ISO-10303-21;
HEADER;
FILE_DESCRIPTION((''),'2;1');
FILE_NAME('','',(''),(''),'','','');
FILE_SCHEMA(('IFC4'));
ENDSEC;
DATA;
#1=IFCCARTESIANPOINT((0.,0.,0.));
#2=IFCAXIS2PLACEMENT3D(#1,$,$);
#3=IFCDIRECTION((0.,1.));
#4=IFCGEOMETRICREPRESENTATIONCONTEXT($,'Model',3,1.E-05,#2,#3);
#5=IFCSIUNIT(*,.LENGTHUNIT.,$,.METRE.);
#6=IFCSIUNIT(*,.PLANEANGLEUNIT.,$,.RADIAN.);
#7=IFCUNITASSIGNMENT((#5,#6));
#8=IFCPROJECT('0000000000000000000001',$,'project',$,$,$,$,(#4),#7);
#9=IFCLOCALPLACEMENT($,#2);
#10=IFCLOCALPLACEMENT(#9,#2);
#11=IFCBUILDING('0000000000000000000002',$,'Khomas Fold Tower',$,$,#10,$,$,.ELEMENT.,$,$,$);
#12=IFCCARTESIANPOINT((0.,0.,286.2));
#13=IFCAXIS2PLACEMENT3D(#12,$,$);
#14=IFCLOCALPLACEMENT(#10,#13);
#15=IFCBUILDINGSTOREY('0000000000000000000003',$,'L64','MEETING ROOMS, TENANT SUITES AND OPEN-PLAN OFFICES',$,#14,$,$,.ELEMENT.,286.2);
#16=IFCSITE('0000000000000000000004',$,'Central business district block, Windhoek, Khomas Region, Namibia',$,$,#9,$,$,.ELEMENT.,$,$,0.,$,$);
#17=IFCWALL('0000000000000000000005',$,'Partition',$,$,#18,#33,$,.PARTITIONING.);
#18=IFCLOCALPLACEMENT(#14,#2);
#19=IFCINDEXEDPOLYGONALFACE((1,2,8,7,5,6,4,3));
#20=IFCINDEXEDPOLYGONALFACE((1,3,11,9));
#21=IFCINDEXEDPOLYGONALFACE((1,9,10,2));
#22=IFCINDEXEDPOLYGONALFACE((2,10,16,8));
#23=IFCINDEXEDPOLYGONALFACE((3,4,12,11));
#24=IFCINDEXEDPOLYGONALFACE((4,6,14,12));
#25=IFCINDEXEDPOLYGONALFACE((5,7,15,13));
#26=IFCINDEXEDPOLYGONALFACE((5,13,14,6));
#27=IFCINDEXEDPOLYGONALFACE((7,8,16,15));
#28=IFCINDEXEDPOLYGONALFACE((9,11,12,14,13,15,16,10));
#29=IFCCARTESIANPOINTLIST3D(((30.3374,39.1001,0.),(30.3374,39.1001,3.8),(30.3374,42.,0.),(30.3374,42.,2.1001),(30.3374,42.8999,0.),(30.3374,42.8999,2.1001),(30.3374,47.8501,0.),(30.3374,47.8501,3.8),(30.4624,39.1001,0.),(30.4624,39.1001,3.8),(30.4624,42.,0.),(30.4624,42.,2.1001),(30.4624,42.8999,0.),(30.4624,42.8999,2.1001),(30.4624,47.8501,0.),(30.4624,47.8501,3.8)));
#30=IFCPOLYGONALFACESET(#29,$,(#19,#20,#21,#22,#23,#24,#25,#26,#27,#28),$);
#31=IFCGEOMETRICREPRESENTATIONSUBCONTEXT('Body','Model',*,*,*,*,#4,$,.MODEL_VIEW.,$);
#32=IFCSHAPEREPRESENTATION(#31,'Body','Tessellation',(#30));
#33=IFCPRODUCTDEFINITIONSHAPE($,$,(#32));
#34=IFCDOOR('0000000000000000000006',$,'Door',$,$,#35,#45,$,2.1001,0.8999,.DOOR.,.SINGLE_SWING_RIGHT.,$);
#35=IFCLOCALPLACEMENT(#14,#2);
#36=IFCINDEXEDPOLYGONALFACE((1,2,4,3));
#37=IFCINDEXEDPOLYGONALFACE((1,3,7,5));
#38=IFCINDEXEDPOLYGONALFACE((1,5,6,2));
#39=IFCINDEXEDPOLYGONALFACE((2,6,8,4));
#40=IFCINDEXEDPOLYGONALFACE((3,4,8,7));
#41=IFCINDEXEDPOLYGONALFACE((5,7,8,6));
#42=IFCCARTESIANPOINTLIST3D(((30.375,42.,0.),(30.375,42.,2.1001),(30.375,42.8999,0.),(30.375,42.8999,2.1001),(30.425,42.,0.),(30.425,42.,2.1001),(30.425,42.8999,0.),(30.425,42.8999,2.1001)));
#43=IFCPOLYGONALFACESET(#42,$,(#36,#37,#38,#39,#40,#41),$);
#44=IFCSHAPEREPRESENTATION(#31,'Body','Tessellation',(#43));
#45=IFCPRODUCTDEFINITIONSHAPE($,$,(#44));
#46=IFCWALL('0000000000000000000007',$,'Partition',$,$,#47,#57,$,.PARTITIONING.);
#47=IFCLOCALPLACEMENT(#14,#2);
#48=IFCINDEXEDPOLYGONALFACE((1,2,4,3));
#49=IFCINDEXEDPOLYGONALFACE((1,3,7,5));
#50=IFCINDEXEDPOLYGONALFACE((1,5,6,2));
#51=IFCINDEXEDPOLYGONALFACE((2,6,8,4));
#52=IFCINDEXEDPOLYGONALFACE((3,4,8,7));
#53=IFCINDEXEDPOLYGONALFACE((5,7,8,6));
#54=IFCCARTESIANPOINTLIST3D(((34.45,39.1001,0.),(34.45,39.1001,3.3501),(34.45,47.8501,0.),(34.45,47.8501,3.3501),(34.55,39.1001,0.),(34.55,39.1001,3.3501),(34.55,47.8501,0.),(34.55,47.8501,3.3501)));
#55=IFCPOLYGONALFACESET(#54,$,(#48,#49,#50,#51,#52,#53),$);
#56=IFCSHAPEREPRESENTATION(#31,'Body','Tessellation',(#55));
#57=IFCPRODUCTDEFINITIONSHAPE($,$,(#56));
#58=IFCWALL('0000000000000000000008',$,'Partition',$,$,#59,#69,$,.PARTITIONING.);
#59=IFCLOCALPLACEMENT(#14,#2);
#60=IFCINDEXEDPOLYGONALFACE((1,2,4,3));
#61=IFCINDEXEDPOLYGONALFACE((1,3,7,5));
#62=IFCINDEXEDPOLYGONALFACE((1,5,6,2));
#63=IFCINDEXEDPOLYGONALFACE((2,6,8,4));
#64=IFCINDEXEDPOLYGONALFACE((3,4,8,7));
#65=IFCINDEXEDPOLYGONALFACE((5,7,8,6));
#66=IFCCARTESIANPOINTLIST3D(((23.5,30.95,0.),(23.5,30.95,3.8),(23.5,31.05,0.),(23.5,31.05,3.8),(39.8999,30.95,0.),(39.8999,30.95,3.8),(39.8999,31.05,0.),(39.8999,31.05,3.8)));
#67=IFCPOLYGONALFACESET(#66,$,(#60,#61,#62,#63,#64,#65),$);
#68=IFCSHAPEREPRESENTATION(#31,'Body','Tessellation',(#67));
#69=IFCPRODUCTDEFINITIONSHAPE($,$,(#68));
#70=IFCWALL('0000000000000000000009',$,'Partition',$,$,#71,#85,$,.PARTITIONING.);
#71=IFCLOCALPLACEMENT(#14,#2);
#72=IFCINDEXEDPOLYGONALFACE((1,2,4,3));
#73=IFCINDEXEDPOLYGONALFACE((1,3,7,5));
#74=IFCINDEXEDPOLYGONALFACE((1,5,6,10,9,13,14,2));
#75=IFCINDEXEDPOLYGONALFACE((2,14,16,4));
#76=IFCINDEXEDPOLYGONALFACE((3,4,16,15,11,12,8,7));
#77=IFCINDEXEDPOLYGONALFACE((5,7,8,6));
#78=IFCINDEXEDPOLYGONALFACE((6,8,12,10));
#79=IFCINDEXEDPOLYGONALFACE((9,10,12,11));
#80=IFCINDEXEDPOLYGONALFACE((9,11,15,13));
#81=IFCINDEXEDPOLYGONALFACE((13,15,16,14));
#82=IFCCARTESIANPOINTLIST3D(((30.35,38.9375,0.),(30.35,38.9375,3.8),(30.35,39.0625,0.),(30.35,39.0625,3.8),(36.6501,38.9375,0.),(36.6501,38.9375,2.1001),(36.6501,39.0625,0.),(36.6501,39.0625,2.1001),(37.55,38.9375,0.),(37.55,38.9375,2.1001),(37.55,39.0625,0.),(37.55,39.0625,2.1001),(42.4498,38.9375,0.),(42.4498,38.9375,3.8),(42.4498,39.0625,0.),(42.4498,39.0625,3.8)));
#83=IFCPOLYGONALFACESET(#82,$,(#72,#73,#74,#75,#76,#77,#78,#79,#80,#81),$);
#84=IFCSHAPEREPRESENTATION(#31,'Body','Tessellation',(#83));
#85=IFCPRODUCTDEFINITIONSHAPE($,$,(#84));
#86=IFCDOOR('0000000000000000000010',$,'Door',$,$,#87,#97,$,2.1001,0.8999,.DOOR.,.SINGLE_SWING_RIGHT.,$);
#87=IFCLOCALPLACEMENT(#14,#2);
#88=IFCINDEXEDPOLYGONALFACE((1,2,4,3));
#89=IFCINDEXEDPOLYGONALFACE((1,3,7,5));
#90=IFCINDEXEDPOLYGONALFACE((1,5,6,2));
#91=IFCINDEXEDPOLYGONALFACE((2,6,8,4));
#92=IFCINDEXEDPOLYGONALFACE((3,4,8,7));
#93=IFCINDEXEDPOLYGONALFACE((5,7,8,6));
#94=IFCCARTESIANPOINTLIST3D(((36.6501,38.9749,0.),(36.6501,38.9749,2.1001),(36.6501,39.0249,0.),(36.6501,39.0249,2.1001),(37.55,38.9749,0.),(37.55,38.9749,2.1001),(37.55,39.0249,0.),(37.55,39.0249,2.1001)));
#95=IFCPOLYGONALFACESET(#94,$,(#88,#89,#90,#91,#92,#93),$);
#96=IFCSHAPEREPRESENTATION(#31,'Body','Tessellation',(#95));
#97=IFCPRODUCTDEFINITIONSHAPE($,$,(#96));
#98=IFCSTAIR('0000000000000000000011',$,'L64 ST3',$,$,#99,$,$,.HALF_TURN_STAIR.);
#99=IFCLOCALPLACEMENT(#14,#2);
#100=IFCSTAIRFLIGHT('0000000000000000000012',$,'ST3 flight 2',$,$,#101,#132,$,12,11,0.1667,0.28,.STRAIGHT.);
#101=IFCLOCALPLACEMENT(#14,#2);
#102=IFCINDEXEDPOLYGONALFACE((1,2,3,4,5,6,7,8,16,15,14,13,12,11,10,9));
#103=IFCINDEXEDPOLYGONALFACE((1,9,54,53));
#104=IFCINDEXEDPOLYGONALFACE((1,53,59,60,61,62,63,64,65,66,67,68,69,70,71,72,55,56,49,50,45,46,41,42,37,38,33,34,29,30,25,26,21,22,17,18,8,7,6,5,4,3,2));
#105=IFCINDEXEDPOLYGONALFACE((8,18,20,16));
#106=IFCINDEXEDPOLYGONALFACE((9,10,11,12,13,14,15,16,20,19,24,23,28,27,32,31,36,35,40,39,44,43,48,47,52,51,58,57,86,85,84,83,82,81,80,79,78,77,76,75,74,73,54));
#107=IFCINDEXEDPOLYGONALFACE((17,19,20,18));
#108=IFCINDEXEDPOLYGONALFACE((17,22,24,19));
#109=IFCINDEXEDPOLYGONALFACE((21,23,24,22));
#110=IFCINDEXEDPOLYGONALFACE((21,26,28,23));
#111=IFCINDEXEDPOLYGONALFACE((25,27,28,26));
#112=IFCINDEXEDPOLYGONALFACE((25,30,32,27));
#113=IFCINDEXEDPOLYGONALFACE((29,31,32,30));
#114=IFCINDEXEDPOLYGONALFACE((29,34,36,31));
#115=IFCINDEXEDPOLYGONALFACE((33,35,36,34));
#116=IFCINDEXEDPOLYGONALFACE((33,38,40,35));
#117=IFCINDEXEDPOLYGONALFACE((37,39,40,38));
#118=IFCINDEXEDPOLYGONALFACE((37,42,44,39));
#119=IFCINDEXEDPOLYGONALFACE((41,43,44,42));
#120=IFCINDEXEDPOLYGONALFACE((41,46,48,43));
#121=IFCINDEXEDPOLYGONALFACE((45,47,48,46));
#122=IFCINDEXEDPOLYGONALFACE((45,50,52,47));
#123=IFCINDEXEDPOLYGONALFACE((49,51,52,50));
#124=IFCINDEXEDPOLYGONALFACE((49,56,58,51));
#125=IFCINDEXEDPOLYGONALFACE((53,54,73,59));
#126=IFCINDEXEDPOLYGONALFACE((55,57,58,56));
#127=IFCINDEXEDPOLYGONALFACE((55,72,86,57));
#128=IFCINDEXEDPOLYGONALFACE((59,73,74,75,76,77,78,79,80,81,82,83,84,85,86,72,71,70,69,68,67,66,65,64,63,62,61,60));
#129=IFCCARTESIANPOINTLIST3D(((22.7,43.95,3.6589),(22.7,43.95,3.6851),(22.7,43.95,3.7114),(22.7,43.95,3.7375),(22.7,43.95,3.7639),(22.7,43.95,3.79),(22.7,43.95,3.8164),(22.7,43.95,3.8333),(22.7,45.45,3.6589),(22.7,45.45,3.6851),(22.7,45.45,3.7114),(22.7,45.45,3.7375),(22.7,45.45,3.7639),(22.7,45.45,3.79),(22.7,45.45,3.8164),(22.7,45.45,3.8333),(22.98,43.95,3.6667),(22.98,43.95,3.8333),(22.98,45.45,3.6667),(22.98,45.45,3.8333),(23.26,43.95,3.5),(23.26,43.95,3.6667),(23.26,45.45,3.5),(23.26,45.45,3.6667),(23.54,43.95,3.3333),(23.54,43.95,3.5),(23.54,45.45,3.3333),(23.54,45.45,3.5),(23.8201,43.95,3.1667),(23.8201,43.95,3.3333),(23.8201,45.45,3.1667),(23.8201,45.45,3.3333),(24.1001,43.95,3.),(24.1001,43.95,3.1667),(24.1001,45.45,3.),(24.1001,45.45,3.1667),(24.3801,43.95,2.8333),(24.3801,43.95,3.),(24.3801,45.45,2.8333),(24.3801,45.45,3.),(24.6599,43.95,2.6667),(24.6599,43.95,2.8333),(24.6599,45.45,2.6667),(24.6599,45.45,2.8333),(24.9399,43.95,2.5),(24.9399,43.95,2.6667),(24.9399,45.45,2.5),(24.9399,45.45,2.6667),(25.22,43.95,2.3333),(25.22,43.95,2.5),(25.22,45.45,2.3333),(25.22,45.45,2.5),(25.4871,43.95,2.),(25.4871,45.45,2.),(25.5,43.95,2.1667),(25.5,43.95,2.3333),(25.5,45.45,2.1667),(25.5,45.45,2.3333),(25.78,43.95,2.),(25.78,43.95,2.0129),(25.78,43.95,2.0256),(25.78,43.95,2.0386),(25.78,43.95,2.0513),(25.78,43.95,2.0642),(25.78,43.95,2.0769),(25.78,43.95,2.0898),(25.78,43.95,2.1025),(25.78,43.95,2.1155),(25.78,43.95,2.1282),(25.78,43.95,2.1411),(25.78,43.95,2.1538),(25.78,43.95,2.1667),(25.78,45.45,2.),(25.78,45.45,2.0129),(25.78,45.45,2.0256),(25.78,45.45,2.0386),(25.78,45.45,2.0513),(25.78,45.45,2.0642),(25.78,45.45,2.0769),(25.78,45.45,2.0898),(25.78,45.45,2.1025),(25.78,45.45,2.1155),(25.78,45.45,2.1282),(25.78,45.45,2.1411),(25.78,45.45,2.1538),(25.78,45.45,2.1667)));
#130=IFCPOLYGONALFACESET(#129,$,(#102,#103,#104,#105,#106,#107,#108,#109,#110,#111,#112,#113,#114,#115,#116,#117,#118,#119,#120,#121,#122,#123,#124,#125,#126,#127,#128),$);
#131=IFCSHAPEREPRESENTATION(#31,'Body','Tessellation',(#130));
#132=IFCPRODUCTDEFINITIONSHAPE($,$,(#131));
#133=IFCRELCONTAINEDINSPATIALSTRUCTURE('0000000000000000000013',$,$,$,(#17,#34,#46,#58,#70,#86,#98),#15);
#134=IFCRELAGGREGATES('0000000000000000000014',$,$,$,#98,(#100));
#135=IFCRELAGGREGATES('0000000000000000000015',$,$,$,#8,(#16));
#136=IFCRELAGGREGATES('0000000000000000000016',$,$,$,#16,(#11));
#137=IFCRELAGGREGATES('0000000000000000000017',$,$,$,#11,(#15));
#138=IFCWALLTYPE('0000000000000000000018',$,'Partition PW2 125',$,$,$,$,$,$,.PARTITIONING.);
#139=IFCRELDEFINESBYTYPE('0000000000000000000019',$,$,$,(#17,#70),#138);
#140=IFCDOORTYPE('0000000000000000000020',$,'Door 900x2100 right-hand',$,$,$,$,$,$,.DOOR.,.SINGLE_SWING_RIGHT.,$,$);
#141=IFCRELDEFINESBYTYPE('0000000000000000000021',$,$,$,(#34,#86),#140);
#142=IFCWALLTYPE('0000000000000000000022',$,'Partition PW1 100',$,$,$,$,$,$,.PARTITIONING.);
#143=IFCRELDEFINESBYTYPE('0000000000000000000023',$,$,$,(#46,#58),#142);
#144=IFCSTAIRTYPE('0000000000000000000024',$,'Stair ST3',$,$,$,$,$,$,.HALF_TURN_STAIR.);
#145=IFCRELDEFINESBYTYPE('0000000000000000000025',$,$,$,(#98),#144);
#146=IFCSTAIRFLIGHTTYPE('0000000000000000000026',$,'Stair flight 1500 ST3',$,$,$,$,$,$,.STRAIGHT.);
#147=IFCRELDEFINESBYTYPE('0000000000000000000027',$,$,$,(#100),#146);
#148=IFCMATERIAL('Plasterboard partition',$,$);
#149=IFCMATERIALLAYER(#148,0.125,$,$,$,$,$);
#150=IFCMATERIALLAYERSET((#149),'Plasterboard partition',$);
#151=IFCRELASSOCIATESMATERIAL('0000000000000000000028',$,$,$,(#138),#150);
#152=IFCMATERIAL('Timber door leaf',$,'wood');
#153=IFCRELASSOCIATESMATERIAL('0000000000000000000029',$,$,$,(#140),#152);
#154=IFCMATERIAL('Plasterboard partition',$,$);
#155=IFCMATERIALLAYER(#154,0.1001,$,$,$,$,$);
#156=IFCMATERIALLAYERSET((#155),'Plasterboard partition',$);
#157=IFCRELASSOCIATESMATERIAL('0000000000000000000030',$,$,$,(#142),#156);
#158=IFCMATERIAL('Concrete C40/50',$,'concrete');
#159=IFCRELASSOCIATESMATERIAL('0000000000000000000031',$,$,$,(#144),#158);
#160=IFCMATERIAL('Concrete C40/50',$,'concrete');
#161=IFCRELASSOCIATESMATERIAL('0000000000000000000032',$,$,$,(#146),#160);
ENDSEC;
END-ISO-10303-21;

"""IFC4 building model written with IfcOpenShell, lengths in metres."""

from ifc_helpers import new_model, si_unit, direction, frame, frame_2d, origin, place, context, subcontext, project, spatial, polyline, rectangle, outline, extrude, source, transform, mapped, material, layer, layer_set, type_object, element, fill, aggregate, save


model = new_model("IFC4")

# Units and contexts
model_context = context("Model", 3, precision=1e-05, world=origin(), true_north=direction((0.0, 1.0)))
body_context = subcontext(model_context, "Body", "Model", "MODEL_VIEW")
ifc_project = project(units=[si_unit("LENGTHUNIT", "METRE"), si_unit("PLANEANGLEUNIT", "RADIAN")], contexts=[model_context])

# Site, building, storey
site_placement = place(None, origin())
site = spatial("IfcSite", under=ifc_project, at=site_placement, Name="Central business district block, Windhoek, Khomas Region, Namibia", CompositionType="ELEMENT", RefElevation=0.0)
building_placement = place(site_placement, origin())
building = spatial("IfcBuilding", under=site, at=building_placement, Name="Khomas Fold Tower", CompositionType="ELEMENT")
storey_placement = place(building_placement, frame((0.0, 0.0, 286.2)))
storey = spatial("IfcBuildingStorey", under=building, at=storey_placement, Name="L64", Description="MEETING ROOMS, TENANT SUITES AND OPEN-PLAN OFFICES", CompositionType="ELEMENT", Elevation=286.2)

# Wall, opening, door
ifc_material_1 = material(Name="Plasterboard partition")
ifc_layer_1 = layer(ifc_material_1, 0.125)
ifc_layer_set_1 = layer_set([ifc_layer_1], Name="Plasterboard partition")
wall_type_1 = type_object("IfcWallType", Name="Partition PW2 125", PredefinedType="PARTITIONING", material=ifc_layer_set_1)
shared_shape_1 = source(origin(), body_context, "Body", "SweptSolid", [
    extrude(rectangle(XDim=8.75, YDim=0.125, at=frame_2d((4.375, 0.0))), origin(), (0.0, 0.0, 1.0), 3.8),
])
wall_1_placement = place(storey_placement, frame((30.3999, 39.1001, 0.0), z_axis=(0.0, 0.0, 1.0), x_axis=(0.0, 1.0, 0.0)))
wall_1 = element("IfcWall", 1, at=wall_1_placement, inside=storey, type_object=wall_type_1, Name="Partition", PredefinedType="PARTITIONING", context=body_context, shape_type="MappedRepresentation", body=[
    mapped(shared_shape_1, transform((0.0, 0.0, 0.0))),
])
shared_shape_2 = source(origin(), body_context, "Body", "SweptSolid", [
    extrude(rectangle(XDim=0.8999, YDim=2.1001, at=frame_2d((0.45, 1.05))), frame((0.0, 0.0725, 0.0), z_axis=(0.0, -1.0, 0.0), x_axis=(1.0, 0.0, 0.0)), (0.0, 0.0, 1.0), 0.145),
])
opening_1_placement = place(wall_1_placement, frame((2.8999, 0.0, 0.0)))
opening_1 = element("IfcOpeningElement", 2, at=opening_1_placement, cuts=wall_1, PredefinedType="OPENING", context=body_context, shape_type="MappedRepresentation", body=[
    mapped(shared_shape_2, transform((0.0, 0.0, 0.0))),
])
ifc_material_2 = material(Name="Timber door leaf", Category="wood")
door_type_1 = type_object("IfcDoorType", Name="Door 900x2100 right-hand", OperationType="SINGLE_SWING_RIGHT", PredefinedType="DOOR", material=ifc_material_2)
shared_shape_3 = source(origin(), body_context, "Body", "SweptSolid", [
    extrude(rectangle(XDim=0.8999, YDim=2.1001, at=frame_2d((0.45, 1.05))), frame((0.0, 0.0249, 0.0), z_axis=(0.0, -1.0, 0.0), x_axis=(1.0, 0.0, 0.0)), (0.0, 0.0, 1.0), 0.05),
])
door_1_placement = place(opening_1_placement, origin())
door_1 = element("IfcDoor", 3, at=door_1_placement, inside=storey, type_object=door_type_1, Name="Door", OperationType="SINGLE_SWING_RIGHT", OverallHeight=2.1001, OverallWidth=0.8999, PredefinedType="DOOR", context=body_context, shape_type="MappedRepresentation", body=[
    mapped(shared_shape_3, transform((0.0, 0.0, 0.0))),
])
fill(opening_1, door_1)

# Walls
ifc_material_3 = material(Name="Plasterboard partition")
ifc_layer_2 = layer(ifc_material_3, 0.1001)
ifc_layer_set_2 = layer_set([ifc_layer_2], Name="Plasterboard partition")
wall_type_2 = type_object("IfcWallType", Name="Partition PW1 100", PredefinedType="PARTITIONING", material=ifc_layer_set_2)
shared_shape_4 = source(origin(), body_context, "Body", "SweptSolid", [
    extrude(rectangle(XDim=8.75, YDim=0.1001, at=frame_2d((4.375, 0.0))), origin(), (0.0, 0.0, 1.0), 3.3501),
])
wall_2_placement = place(storey_placement, frame((34.5, 39.1001, 0.0), z_axis=(0.0, 0.0, 1.0), x_axis=(0.0, 1.0, 0.0)))
element("IfcWall", 4, at=wall_2_placement, inside=storey, type_object=wall_type_2, Name="Partition", PredefinedType="PARTITIONING", context=body_context, shape_type="MappedRepresentation", body=[
    mapped(shared_shape_4, transform((0.0, 0.0, 0.0))),
])
shared_shape_5 = source(origin(), body_context, "Body", "SweptSolid", [
    extrude(rectangle(XDim=16.3999, YDim=0.1001, at=frame_2d((8.2, 0.0))), origin(), (0.0, 0.0, 1.0), 3.8),
])
wall_3_placement = place(storey_placement, frame((23.5, 31.0, 0.0), z_axis=(0.0, 0.0, 1.0), x_axis=(1.0, 0.0, 0.0)))
element("IfcWall", 5, at=wall_3_placement, inside=storey, type_object=wall_type_2, Name="Partition", PredefinedType="PARTITIONING", context=body_context, shape_type="MappedRepresentation", body=[
    mapped(shared_shape_5, transform((0.0, 0.0, 0.0))),
])

# Wall, opening, door
shared_shape_6 = source(origin(), body_context, "Body", "SweptSolid", [
    extrude(rectangle(XDim=12.0999, YDim=0.125, at=frame_2d((6.0498, 0.0))), origin(), (0.0, 0.0, 1.0), 3.8),
])
wall_4_placement = place(storey_placement, frame((30.3501, 39.0, 0.0), z_axis=(0.0, 0.0, 1.0), x_axis=(1.0, 0.0, 0.0)))
wall_4 = element("IfcWall", 6, at=wall_4_placement, inside=storey, type_object=wall_type_1, Name="Partition", PredefinedType="PARTITIONING", context=body_context, shape_type="MappedRepresentation", body=[
    mapped(shared_shape_6, transform((0.0, 0.0, 0.0))),
])
opening_2_placement = place(wall_4_placement, frame((6.3, 0.0, 0.0)))
opening_2 = element("IfcOpeningElement", 7, at=opening_2_placement, cuts=wall_4, PredefinedType="OPENING", context=body_context, shape_type="MappedRepresentation", body=[
    mapped(shared_shape_2, transform((0.0, 0.0, 0.0))),
])
door_2_placement = place(opening_2_placement, origin())
door_2 = element("IfcDoor", 8, at=door_2_placement, inside=storey, type_object=door_type_1, Name="Door", OperationType="SINGLE_SWING_RIGHT", OverallHeight=2.1001, OverallWidth=0.8999, PredefinedType="DOOR", context=body_context, shape_type="MappedRepresentation", body=[
    mapped(shared_shape_3, transform((0.0, 0.0, 0.0))),
])
fill(opening_2, door_2)

# Stair, stair flight
ifc_material_4 = material(Name="Concrete C40/50", Category="concrete")
stair_type = type_object("IfcStairType", Name="Stair ST3", PredefinedType="HALF_TURN_STAIR", material=ifc_material_4)
stair_placement = place(storey_placement, origin())
stair = element("IfcStair", 9, at=stair_placement, inside=storey, type_object=stair_type, Name="L64 ST3", PredefinedType="HALF_TURN_STAIR")
ifc_material_5 = material(Name="Concrete C40/50", Category="concrete")
stair_flight_type = type_object("IfcStairFlightType", Name="Stair flight 1500 ST3", PredefinedType="STRAIGHT", material=ifc_material_5)
shared_shape_7 = source(origin(), body_context, "Body", "SweptSolid", [
    extrude(outline(polyline([(0.0, 0.0), (0.0, 0.0129), (0.0, 0.0256), (0.0, 0.0386), (0.0, 0.0513), (0.0, 0.0642), (0.0, 0.0769), (0.0, 0.0898), (0.0, 0.1025), (0.0, 0.1155), (0.0, 0.1282), (0.0, 0.1411), (0.0, 0.1538), (0.0, 0.1667), (0.28, 0.1667), (0.28, 0.3333), (0.5601, 0.3333), (0.5601, 0.5), (0.8401, 0.5), (0.8401, 0.6667), (1.1201, 0.6667), (1.1201, 0.8333), (1.3999, 0.8333), (1.3999, 1.0), (1.6799, 1.0), (1.6799, 1.1667), (1.96, 1.1667), (1.96, 1.3333), (2.24, 1.3333), (2.24, 1.5), (2.52, 1.5), (2.52, 1.6667), (2.8, 1.6667), (2.8, 1.8333), (3.0801, 1.8333), (3.0801, 2.0), (3.0801, 1.9739), (3.0801, 1.9475), (3.0801, 1.9214), (3.0801, 1.895), (3.0801, 1.8689), (3.0801, 1.8425), (3.0801, 1.8164), (3.0801, 1.79), (3.0801, 1.7639), (3.0801, 1.7375), (3.0801, 1.7114), (3.0801, 1.6851), (3.0801, 1.6589), (0.293, 0.0), (0.0, 0.0)])), frame((0.0, 0.75, 0.0), z_axis=(0.0, -1.0, 0.0), x_axis=(1.0, 0.0, 0.0)), (0.0, 0.0, 1.0), 1.5),
])
stair_flight_placement = place(storey_placement, frame((25.78, 44.7, 2.0), z_axis=(0.0, 0.0, 1.0), x_axis=(-1.0, 0.0, 0.0)))
stair_flight = element("IfcStairFlight", 10, at=stair_flight_placement, type_object=stair_flight_type, Name="ST3 flight 2", NumberOfRisers=12, NumberOfTreads=11, PredefinedType="STRAIGHT", RiserHeight=0.1667, TreadLength=0.28, context=body_context, shape_type="MappedRepresentation", body=[
    mapped(shared_shape_7, transform((0.0, 0.0, 0.0))),
])
aggregate(stair, [stair_flight])

save(model, "model.ifc")
